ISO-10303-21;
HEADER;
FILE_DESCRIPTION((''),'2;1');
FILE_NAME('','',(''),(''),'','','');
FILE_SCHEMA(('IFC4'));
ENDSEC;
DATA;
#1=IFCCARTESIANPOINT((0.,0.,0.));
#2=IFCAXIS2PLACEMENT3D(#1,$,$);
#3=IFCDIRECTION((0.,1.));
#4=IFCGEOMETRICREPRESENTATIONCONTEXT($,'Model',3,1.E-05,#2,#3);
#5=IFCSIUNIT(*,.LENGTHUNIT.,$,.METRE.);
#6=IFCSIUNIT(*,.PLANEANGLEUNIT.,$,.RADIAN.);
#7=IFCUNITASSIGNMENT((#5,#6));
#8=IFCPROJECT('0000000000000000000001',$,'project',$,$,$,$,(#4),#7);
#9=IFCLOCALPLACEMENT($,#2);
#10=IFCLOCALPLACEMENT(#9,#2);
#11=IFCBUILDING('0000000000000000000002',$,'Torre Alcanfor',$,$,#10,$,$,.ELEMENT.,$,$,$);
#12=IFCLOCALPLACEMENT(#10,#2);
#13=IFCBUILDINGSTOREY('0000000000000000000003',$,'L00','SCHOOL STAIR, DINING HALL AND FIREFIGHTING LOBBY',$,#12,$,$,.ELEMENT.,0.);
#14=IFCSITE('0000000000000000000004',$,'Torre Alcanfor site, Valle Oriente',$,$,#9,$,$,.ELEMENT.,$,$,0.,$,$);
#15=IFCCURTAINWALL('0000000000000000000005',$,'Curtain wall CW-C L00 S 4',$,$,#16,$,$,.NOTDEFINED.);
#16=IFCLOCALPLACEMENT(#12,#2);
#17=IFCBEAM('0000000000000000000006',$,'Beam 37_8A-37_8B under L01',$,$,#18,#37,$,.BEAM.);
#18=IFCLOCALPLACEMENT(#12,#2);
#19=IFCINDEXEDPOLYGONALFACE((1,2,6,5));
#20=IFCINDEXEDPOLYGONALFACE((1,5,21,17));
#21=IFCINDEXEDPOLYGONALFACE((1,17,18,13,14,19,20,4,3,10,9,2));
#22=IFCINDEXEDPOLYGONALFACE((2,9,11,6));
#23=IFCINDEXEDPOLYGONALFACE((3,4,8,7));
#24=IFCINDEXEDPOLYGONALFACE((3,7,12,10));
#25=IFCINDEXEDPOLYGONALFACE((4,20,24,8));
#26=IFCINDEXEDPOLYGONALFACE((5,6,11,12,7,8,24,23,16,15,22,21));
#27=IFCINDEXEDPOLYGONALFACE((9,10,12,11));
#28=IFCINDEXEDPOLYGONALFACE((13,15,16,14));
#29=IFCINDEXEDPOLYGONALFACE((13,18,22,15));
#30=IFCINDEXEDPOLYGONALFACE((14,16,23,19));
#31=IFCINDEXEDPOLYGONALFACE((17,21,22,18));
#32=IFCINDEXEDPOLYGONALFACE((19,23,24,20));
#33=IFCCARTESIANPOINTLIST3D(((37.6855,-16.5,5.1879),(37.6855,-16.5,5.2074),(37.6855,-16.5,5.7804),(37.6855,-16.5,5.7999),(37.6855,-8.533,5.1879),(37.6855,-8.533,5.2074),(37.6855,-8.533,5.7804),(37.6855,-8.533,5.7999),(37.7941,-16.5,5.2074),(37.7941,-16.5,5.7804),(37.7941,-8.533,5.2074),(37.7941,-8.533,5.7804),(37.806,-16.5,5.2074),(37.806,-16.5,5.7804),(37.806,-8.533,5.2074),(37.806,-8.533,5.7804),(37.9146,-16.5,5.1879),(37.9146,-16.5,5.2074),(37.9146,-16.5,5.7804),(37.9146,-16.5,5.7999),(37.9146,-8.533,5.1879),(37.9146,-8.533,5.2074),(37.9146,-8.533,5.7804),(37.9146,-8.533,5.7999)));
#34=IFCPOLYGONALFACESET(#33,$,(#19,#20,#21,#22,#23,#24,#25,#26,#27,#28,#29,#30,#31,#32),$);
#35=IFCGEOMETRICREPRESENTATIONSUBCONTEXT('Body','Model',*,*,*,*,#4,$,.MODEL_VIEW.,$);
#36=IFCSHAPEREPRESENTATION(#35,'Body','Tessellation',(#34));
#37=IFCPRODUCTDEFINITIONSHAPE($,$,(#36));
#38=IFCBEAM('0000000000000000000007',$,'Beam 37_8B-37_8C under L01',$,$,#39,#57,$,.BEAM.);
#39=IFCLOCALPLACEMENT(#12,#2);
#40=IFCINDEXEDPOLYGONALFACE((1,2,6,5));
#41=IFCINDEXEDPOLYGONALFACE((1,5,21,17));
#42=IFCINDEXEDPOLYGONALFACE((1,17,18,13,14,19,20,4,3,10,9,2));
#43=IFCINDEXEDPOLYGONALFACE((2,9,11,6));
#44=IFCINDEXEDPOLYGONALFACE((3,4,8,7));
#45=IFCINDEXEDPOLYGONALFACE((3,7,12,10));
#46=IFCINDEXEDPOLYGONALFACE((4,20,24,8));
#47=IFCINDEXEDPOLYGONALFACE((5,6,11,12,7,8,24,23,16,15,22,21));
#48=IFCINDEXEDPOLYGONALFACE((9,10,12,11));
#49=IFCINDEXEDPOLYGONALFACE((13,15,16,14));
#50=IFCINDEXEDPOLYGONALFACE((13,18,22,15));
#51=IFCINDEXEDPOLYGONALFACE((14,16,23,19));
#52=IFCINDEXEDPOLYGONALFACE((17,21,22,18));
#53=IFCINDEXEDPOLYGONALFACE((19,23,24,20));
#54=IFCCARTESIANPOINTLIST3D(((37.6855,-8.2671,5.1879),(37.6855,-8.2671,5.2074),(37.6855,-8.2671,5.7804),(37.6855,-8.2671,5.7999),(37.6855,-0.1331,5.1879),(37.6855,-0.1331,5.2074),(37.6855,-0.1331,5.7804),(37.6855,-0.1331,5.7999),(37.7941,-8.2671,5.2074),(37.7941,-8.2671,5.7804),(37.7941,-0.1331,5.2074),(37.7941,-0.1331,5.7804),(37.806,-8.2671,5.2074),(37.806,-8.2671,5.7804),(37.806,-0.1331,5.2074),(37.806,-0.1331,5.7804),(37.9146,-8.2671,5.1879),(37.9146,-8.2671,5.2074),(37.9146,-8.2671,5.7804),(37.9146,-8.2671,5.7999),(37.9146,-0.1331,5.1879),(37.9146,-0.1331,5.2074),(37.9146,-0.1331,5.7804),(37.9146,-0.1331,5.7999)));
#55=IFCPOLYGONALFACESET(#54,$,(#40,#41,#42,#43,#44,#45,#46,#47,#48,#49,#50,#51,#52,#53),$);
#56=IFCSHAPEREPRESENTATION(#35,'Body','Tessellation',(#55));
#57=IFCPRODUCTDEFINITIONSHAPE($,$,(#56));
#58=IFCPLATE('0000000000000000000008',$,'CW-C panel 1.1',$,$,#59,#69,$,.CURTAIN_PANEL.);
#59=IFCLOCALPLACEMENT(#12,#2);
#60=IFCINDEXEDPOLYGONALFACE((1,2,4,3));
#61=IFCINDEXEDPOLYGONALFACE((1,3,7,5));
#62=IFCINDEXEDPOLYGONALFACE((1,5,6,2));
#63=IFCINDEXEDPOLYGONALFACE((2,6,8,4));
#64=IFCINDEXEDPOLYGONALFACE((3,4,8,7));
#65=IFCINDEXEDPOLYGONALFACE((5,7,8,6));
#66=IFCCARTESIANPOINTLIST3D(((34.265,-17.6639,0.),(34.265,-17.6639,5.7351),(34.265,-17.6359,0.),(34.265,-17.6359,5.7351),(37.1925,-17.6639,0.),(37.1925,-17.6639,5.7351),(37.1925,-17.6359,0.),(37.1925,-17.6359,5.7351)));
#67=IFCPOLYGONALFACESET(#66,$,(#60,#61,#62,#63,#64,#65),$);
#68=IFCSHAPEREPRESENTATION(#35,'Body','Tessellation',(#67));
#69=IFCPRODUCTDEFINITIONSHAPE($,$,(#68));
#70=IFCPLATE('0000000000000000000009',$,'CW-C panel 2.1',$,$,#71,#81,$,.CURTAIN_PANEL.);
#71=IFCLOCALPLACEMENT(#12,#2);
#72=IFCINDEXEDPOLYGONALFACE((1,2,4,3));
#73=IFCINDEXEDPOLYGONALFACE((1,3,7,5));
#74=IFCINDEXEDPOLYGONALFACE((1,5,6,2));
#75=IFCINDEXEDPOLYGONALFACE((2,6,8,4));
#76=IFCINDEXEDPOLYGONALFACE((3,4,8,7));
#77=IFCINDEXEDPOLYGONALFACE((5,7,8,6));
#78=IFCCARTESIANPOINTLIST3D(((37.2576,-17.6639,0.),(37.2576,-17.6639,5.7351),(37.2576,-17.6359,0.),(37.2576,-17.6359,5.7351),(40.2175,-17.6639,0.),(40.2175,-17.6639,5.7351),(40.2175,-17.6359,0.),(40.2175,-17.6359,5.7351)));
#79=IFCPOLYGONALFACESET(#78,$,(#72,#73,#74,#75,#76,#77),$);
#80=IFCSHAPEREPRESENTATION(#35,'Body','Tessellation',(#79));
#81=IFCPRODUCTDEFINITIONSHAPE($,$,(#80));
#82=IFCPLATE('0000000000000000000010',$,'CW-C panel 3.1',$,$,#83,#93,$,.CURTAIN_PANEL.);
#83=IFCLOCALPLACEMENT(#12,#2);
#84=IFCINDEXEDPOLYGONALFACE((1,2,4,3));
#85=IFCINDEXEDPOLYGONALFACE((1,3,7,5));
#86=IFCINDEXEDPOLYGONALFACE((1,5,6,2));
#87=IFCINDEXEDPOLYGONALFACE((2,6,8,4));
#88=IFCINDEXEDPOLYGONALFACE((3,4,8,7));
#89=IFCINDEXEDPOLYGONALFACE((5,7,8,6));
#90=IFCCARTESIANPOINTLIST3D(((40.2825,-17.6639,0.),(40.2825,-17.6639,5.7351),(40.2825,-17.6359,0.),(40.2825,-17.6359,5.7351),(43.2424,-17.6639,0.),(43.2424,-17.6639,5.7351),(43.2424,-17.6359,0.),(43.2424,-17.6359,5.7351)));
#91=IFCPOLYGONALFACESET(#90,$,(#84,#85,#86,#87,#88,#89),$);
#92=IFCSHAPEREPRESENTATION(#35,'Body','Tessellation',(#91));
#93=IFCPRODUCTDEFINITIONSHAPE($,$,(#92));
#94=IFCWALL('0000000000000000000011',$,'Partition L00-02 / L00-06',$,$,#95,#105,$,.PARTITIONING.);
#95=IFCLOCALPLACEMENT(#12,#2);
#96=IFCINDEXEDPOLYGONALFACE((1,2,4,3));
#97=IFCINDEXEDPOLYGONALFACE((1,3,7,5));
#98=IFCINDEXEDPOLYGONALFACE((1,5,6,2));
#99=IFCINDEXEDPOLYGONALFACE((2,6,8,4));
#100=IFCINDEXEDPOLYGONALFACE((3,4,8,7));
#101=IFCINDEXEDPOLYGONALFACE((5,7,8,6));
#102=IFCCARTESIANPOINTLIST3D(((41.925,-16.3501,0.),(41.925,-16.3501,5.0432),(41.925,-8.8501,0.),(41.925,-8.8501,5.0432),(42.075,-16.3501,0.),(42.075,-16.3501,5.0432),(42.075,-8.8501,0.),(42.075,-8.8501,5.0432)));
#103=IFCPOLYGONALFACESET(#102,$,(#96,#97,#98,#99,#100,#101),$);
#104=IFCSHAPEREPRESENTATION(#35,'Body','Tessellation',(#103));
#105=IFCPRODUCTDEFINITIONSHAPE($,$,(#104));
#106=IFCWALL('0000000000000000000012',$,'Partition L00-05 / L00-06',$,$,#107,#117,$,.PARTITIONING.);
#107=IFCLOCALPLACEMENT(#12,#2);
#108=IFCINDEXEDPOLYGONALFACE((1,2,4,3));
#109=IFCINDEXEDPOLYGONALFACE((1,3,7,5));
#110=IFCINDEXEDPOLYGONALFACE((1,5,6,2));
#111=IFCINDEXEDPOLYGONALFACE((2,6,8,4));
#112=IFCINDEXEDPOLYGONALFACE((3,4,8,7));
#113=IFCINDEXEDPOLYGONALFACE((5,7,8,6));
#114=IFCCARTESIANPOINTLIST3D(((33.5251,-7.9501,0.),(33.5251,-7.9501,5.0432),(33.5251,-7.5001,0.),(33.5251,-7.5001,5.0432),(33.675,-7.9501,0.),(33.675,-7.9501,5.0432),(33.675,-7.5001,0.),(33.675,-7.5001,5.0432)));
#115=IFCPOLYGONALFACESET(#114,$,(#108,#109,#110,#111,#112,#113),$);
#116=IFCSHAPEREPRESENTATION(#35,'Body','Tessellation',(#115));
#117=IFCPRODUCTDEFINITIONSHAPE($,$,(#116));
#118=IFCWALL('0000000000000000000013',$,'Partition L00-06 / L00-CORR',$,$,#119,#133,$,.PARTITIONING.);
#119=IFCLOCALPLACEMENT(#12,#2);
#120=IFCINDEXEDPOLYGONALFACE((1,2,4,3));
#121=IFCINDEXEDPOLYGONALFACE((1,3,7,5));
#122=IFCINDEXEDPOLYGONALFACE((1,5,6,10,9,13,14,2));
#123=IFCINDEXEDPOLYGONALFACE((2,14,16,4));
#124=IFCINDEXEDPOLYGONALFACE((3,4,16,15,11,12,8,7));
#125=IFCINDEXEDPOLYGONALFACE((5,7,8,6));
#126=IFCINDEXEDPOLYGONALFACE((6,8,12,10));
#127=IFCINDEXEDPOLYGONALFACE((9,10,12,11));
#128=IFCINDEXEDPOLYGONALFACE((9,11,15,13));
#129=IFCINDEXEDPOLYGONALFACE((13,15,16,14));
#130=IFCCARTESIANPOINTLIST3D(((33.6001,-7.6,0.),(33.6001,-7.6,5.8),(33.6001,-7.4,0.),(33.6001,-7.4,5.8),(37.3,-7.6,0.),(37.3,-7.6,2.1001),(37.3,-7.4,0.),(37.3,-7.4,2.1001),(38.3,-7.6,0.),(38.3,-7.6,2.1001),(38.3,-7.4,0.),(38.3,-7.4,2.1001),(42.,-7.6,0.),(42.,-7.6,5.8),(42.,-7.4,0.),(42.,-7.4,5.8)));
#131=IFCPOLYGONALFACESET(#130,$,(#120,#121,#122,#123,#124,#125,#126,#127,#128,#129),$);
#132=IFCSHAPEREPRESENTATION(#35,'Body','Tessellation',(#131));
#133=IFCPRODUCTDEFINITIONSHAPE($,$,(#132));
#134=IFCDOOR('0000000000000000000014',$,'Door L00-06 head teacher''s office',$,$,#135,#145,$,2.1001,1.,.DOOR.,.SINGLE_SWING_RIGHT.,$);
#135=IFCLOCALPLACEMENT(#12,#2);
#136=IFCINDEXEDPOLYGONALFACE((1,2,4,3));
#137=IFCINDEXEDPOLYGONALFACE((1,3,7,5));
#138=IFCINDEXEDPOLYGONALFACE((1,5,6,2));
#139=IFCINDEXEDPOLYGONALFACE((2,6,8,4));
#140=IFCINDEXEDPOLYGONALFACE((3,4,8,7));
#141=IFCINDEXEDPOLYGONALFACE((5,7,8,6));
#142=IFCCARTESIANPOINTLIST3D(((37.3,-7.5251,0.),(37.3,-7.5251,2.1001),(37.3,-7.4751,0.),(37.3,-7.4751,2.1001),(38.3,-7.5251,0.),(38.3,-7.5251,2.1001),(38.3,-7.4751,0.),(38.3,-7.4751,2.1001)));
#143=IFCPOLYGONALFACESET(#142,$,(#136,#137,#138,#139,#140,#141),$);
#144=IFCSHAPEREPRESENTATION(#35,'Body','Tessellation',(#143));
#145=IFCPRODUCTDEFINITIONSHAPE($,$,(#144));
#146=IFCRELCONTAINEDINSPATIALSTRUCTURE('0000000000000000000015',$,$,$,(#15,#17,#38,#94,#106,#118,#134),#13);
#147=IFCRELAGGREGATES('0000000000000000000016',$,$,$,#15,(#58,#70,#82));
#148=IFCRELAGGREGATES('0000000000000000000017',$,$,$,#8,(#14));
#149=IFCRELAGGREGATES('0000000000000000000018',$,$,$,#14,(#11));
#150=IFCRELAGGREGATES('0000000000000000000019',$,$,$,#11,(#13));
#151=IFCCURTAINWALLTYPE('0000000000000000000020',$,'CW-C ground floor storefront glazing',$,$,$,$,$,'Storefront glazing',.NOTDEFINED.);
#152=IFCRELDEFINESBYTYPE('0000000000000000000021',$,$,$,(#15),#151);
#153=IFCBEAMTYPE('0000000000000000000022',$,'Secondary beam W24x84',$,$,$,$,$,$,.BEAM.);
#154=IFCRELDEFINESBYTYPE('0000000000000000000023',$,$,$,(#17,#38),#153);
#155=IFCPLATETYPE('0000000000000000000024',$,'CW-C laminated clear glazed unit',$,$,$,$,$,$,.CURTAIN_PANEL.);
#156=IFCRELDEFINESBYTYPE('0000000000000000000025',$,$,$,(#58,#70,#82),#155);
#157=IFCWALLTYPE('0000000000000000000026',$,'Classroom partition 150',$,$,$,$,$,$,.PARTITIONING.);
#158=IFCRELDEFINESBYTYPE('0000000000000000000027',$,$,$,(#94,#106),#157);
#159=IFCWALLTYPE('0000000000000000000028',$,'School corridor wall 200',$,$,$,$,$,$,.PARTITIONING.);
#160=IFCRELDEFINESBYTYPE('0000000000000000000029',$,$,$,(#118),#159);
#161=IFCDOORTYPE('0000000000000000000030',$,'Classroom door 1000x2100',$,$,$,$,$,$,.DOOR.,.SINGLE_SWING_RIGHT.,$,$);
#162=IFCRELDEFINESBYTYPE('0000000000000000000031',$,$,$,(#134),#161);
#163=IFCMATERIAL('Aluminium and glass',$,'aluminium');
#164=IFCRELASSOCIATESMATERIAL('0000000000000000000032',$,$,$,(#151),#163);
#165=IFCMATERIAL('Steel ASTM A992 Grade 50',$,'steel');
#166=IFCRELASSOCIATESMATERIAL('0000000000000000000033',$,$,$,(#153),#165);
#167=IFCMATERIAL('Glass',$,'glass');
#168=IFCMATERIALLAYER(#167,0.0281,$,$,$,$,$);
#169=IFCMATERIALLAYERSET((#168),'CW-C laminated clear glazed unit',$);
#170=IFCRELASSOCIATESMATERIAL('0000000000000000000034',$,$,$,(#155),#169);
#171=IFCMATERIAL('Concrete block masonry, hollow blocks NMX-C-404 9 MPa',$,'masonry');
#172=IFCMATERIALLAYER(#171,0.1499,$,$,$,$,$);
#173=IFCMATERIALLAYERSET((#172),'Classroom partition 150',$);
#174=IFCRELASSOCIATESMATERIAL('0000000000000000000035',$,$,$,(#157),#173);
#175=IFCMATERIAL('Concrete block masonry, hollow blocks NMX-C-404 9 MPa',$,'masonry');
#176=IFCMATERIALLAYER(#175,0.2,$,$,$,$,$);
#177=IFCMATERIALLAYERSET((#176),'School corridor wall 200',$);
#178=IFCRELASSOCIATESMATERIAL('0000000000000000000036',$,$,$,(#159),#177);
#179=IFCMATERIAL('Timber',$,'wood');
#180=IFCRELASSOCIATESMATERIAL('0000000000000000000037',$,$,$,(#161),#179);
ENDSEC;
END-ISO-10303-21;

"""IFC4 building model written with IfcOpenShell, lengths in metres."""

from ifc_helpers import new_model, si_unit, direction, frame, frame_2d, origin, origin_2d, place, context, subcontext, project, spatial, rectangle, i_section, extrude, material, layer, layer_set, material_profile, profile_set, type_object, element, fill, aggregate, save


model = new_model("IFC4")

# Units and contexts
model_context = context("Model", 3, precision=1e-05, world=origin(), true_north=direction((0.0, 1.0)))
body_context = subcontext(model_context, "Body", "Model", "MODEL_VIEW")
ifc_project = project(units=[si_unit("LENGTHUNIT", "METRE"), si_unit("PLANEANGLEUNIT", "RADIAN")], contexts=[model_context])

# Site, building, storey
site_placement = place(None, origin())
site = spatial("IfcSite", under=ifc_project, at=site_placement, Name="Torre Alcanfor site, Valle Oriente", CompositionType="ELEMENT", RefElevation=0.0)
building_placement = place(site_placement, origin())
building = spatial("IfcBuilding", under=site, at=building_placement, Name="Torre Alcanfor", CompositionType="ELEMENT")
storey_placement = place(building_placement, origin())
storey = spatial("IfcBuildingStorey", under=building, at=storey_placement, Name="L00", Description="SCHOOL STAIR, DINING HALL AND FIREFIGHTING LOBBY", CompositionType="ELEMENT", Elevation=0.0)

# Curtain wall
ifc_material_1 = material(Name="Aluminium and glass", Category="aluminium")
curtain_wall_type = type_object("IfcCurtainWallType", Name="CW-C ground floor storefront glazing", ElementType="Storefront glazing", PredefinedType="NOTDEFINED", material=ifc_material_1)
curtain_wall_placement = place(storey_placement, origin())
curtain_wall = element("IfcCurtainWall", 1, at=curtain_wall_placement, inside=storey, type_object=curtain_wall_type, Name="Curtain wall CW-C L00 S 4", PredefinedType="NOTDEFINED")

# Beams
ifc_material_2 = material(Name="Steel ASTM A992 Grade 50", Category="steel")
ifc_material_profile_1 = material_profile(ifc_material_2, i_section(OverallWidth=0.229, OverallDepth=0.6121, WebThickness=0.012, FlangeThickness=0.0195, at=origin_2d()), Name="W24x84")
ifc_profile_set_1 = profile_set([ifc_material_profile_1], Name="Steel ASTM A992 Grade 50")
beam_type_1 = type_object("IfcBeamType", Name="Secondary beam W24x84", PredefinedType="BEAM", material=ifc_profile_set_1)
beam_1_placement = place(storey_placement, frame((37.8, -16.5, 5.4939), z_axis=(0.0, 1.0, 0.0), x_axis=(-1.0, 0.0, 0.0)))
element("IfcBeam", 2, at=beam_1_placement, inside=storey, type_object=beam_type_1, Name="Beam 37_8A-37_8B under L01", PredefinedType="BEAM", context=body_context, shape_type="SweptSolid", body=[
    extrude(i_section(OverallWidth=0.229, OverallDepth=0.6121, WebThickness=0.012, FlangeThickness=0.0195, at=origin_2d()), origin(), (0.0, 0.0, 1.0), 7.967),
])
beam_2_placement = place(storey_placement, frame((37.8, -8.2671, 5.4939), z_axis=(0.0, 1.0, 0.0), x_axis=(-1.0, 0.0, 0.0)))
element("IfcBeam", 3, at=beam_2_placement, inside=storey, type_object=beam_type_1, Name="Beam 37_8B-37_8C under L01", PredefinedType="BEAM", context=body_context, shape_type="SweptSolid", body=[
    extrude(i_section(OverallWidth=0.229, OverallDepth=0.6121, WebThickness=0.012, FlangeThickness=0.0195, at=origin_2d()), origin(), (0.0, 0.0, 1.0), 8.134),
])

# Plates
ifc_material_3 = material(Name="Glass", Category="glass")
ifc_layer_1 = layer(ifc_material_3, 0.0281)
ifc_layer_set_1 = layer_set([ifc_layer_1], Name="CW-C laminated clear glazed unit")
plate_type = type_object("IfcPlateType", Name="CW-C laminated clear glazed unit", PredefinedType="CURTAIN_PANEL", material=ifc_layer_set_1)
plate_1_placement = place(storey_placement, frame((35.7288, -17.6499, 0.0), z_axis=(0.0, 0.0, 1.0), x_axis=(1.0, 0.0, 0.0)))
plate_1 = element("IfcPlate", 4, at=plate_1_placement, type_object=plate_type, Name="CW-C panel 1.1", PredefinedType="CURTAIN_PANEL", context=body_context, shape_type="SweptSolid", body=[
    extrude(rectangle(XDim=2.9275, YDim=0.0281, at=origin_2d()), origin(), (0.0, 0.0, 1.0), 5.7351),
])
plate_2_placement = place(storey_placement, frame((38.7375, -17.6499, 0.0), z_axis=(0.0, 0.0, 1.0), x_axis=(1.0, 0.0, 0.0)))
plate_2 = element("IfcPlate", 5, at=plate_2_placement, type_object=plate_type, Name="CW-C panel 2.1", PredefinedType="CURTAIN_PANEL", context=body_context, shape_type="SweptSolid", body=[
    extrude(rectangle(XDim=2.96, YDim=0.0281, at=origin_2d()), origin(), (0.0, 0.0, 1.0), 5.7351),
])
plate_3_placement = place(storey_placement, frame((41.7625, -17.6499, 0.0), z_axis=(0.0, 0.0, 1.0), x_axis=(1.0, 0.0, 0.0)))
plate_3 = element("IfcPlate", 6, at=plate_3_placement, type_object=plate_type, Name="CW-C panel 3.1", PredefinedType="CURTAIN_PANEL", context=body_context, shape_type="SweptSolid", body=[
    extrude(rectangle(XDim=2.96, YDim=0.0281, at=origin_2d()), origin(), (0.0, 0.0, 1.0), 5.7351),
])
aggregate(curtain_wall, [plate_1, plate_2, plate_3])

# Walls
ifc_material_4 = material(Name="Concrete block masonry, hollow blocks NMX-C-404 9 MPa", Category="masonry")
ifc_layer_2 = layer(ifc_material_4, 0.1499)
ifc_layer_set_2 = layer_set([ifc_layer_2], Name="Classroom partition 150")
wall_type_1 = type_object("IfcWallType", Name="Classroom partition 150", PredefinedType="PARTITIONING", material=ifc_layer_set_2)
wall_1_placement = place(storey_placement, frame((42.0, -16.3501, 0.0), z_axis=(0.0, 0.0, 1.0), x_axis=(0.0, 1.0, 0.0)))
element("IfcWall", 7, at=wall_1_placement, inside=storey, type_object=wall_type_1, Name="Partition L00-02 / L00-06", PredefinedType="PARTITIONING", context=body_context, shape_type="SweptSolid", body=[
    extrude(rectangle(XDim=7.5, YDim=0.1499, at=frame_2d((3.75, 0.0))), origin(), (0.0, 0.0, 1.0), 5.0432),
])
wall_2_placement = place(storey_placement, frame((33.6001, -7.5, 0.0), z_axis=(0.0, 0.0, 1.0), x_axis=(0.0, -1.0, 0.0)))
element("IfcWall", 8, at=wall_2_placement, inside=storey, type_object=wall_type_1, Name="Partition L00-05 / L00-06", PredefinedType="PARTITIONING", context=body_context, shape_type="SweptSolid", body=[
    extrude(rectangle(XDim=0.45, YDim=0.1499, at=frame_2d((0.2251, 0.0))), origin(), (0.0, 0.0, 1.0), 5.0432),
])

# Wall, opening, door
ifc_material_5 = material(Name="Concrete block masonry, hollow blocks NMX-C-404 9 MPa", Category="masonry")
ifc_layer_3 = layer(ifc_material_5, 0.2)
ifc_layer_set_3 = layer_set([ifc_layer_3], Name="School corridor wall 200")
wall_type_2 = type_object("IfcWallType", Name="School corridor wall 200", PredefinedType="PARTITIONING", material=ifc_layer_set_3)
wall_3_placement = place(storey_placement, frame((33.6001, -7.5, 0.0), z_axis=(0.0, 0.0, 1.0), x_axis=(1.0, 0.0, 0.0)))
wall_3 = element("IfcWall", 9, at=wall_3_placement, inside=storey, type_object=wall_type_2, Name="Partition L00-06 / L00-CORR", PredefinedType="PARTITIONING", context=body_context, shape_type="SweptSolid", body=[
    extrude(rectangle(XDim=8.3999, YDim=0.2, at=frame_2d((4.2, 0.0))), origin(), (0.0, 0.0, 1.0), 5.8),
])
opening_placement = place(wall_3_placement, frame((3.7, 0.0, 0.0)))
opening = element("IfcOpeningElement", 10, at=opening_placement, cuts=wall_3, PredefinedType="OPENING", context=body_context, shape_type="SweptSolid", body=[
    extrude(rectangle(XDim=1.0, YDim=2.1001, at=frame_2d((0.5, 1.05))), frame((0.0, 0.1099, 0.0), z_axis=(0.0, -1.0, 0.0), x_axis=(1.0, 0.0, 0.0)), (0.0, 0.0, 1.0), 0.22),
])
ifc_material_6 = material(Name="Timber", Category="wood")
door_type = type_object("IfcDoorType", Name="Classroom door 1000x2100", OperationType="SINGLE_SWING_RIGHT", PredefinedType="DOOR", material=ifc_material_6)
door_placement = place(opening_placement, frame((1.0, 0.0, 0.0), z_axis=(0.0, 0.0, 1.0), x_axis=(-1.0, 0.0, 0.0)))
door = element("IfcDoor", 11, at=door_placement, inside=storey, type_object=door_type, Name="Door L00-06 head teacher's office", OperationType="SINGLE_SWING_RIGHT", OverallHeight=2.1001, OverallWidth=1.0, PredefinedType="DOOR", context=body_context, shape_type="SweptSolid", body=[
    extrude(rectangle(XDim=1.0, YDim=2.1001, at=frame_2d((0.5, 1.05))), frame((0.0, 0.0251, 0.0), z_axis=(0.0, -1.0, 0.0), x_axis=(1.0, 0.0, 0.0)), (0.0, 0.0, 1.0), 0.05),
])
fill(opening, door)

save(model, "model.ifc")
